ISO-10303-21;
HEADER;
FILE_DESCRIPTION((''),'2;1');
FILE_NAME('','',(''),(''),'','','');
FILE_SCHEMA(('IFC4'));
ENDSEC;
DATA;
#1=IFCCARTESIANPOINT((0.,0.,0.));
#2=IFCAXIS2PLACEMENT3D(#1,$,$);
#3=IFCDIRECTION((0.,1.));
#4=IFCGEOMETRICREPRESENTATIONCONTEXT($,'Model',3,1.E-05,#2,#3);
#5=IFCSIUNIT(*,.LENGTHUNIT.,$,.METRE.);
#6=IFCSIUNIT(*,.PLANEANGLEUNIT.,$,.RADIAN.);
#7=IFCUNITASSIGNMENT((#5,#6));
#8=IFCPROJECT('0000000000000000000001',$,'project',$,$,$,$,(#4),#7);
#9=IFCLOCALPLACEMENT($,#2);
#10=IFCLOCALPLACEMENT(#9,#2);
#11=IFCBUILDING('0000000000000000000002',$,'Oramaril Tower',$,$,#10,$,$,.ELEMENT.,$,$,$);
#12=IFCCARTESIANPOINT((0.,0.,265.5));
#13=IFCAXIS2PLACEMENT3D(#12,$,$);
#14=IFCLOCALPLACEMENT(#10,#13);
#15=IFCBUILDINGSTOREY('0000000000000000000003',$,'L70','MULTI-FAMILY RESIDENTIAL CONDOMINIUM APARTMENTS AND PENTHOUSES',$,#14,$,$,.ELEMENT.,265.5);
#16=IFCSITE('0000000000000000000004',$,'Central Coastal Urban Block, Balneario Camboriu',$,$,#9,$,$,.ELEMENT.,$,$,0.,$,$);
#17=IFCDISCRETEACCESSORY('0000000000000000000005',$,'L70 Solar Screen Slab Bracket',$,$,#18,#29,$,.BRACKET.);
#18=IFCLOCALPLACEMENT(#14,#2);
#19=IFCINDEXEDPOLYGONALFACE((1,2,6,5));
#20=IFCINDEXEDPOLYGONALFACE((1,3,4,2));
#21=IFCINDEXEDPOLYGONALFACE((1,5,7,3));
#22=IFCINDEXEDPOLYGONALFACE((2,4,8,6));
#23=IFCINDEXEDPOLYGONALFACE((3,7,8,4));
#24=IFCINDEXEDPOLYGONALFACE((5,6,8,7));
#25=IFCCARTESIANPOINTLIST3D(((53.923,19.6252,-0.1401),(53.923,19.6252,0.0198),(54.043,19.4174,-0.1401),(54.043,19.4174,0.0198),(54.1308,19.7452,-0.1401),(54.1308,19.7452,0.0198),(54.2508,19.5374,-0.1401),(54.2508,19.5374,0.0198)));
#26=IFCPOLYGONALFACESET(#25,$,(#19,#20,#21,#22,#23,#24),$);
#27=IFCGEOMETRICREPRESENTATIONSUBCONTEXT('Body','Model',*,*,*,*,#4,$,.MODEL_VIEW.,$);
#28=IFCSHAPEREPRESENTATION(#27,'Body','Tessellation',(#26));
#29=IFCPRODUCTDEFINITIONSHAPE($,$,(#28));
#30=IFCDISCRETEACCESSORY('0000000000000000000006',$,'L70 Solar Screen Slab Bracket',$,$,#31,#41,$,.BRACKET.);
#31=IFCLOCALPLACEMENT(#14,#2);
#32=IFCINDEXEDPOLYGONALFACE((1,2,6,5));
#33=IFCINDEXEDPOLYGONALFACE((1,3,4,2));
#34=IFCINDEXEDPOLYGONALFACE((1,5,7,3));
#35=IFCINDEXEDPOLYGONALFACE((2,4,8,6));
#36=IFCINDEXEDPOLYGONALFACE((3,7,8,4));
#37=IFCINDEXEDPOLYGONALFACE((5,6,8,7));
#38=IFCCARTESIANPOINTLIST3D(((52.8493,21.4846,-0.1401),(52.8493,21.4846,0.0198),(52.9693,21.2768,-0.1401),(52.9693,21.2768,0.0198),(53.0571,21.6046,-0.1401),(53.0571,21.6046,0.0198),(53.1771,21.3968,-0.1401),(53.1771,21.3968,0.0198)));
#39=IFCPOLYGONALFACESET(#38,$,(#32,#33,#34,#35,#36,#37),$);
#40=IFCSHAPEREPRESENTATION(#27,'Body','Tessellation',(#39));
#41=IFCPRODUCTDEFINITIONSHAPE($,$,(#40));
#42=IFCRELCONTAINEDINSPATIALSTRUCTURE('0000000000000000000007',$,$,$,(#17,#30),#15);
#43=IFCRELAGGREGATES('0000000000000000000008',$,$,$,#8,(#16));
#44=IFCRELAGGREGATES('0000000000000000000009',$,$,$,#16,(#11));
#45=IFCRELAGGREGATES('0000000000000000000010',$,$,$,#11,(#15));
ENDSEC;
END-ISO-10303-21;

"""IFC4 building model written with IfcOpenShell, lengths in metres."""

from ifc_helpers import new_model, si_unit, direction, frame, origin, origin_2d, place, context, subcontext, project, spatial, rectangle, extrude, element, save


model = new_model("IFC4")

# Units and contexts
model_context = context("Model", 3, precision=1e-05, world=origin(), true_north=direction((0.0, 1.0)))
body_context = subcontext(model_context, "Body", "Model", "MODEL_VIEW")
ifc_project = project(units=[si_unit("LENGTHUNIT", "METRE"), si_unit("PLANEANGLEUNIT", "RADIAN")], contexts=[model_context])

# Site, building, storey
site_placement = place(None, origin())
site = spatial("IfcSite", under=ifc_project, at=site_placement, Name="Central Coastal Urban Block, Balneario Camboriu", CompositionType="ELEMENT", RefElevation=0.0)
building_placement = place(site_placement, origin())
building = spatial("IfcBuilding", under=site, at=building_placement, Name="Oramaril Tower", CompositionType="ELEMENT")
storey_placement = place(building_placement, frame((0.0, 0.0, 265.5)))
storey = spatial("IfcBuildingStorey", under=building, at=storey_placement, Name="L70", Description="MULTI-FAMILY RESIDENTIAL CONDOMINIUM APARTMENTS AND PENTHOUSES", CompositionType="ELEMENT", Elevation=265.5)

# Discrete accessories
for number, where, z_axis, x_axis, name in (
    (1, (54.0869, 19.5813, -0.1401), (0.0, 0.0, 1.0), (-0.499997, 0.866027, 0.0), "L70 Solar Screen Slab Bracket"),
    (2, (53.0132, 21.4407, -0.1401), (0.0, 0.0, 1.0), (-0.499997, 0.866027, 0.0), "L70 Solar Screen Slab Bracket"),
):
    element("IfcDiscreteAccessory", number, at=place(storey_placement, frame(where, z_axis=z_axis, x_axis=x_axis)), inside=storey, Name=name, PredefinedType="BRACKET", context=body_context, shape_type="SweptSolid", body=[
        extrude(rectangle(XDim=0.24, YDim=0.24, at=origin_2d()), origin(), (0.0, 0.0, 1.0), 0.1599),
    ])

save(model, "model.ifc")
